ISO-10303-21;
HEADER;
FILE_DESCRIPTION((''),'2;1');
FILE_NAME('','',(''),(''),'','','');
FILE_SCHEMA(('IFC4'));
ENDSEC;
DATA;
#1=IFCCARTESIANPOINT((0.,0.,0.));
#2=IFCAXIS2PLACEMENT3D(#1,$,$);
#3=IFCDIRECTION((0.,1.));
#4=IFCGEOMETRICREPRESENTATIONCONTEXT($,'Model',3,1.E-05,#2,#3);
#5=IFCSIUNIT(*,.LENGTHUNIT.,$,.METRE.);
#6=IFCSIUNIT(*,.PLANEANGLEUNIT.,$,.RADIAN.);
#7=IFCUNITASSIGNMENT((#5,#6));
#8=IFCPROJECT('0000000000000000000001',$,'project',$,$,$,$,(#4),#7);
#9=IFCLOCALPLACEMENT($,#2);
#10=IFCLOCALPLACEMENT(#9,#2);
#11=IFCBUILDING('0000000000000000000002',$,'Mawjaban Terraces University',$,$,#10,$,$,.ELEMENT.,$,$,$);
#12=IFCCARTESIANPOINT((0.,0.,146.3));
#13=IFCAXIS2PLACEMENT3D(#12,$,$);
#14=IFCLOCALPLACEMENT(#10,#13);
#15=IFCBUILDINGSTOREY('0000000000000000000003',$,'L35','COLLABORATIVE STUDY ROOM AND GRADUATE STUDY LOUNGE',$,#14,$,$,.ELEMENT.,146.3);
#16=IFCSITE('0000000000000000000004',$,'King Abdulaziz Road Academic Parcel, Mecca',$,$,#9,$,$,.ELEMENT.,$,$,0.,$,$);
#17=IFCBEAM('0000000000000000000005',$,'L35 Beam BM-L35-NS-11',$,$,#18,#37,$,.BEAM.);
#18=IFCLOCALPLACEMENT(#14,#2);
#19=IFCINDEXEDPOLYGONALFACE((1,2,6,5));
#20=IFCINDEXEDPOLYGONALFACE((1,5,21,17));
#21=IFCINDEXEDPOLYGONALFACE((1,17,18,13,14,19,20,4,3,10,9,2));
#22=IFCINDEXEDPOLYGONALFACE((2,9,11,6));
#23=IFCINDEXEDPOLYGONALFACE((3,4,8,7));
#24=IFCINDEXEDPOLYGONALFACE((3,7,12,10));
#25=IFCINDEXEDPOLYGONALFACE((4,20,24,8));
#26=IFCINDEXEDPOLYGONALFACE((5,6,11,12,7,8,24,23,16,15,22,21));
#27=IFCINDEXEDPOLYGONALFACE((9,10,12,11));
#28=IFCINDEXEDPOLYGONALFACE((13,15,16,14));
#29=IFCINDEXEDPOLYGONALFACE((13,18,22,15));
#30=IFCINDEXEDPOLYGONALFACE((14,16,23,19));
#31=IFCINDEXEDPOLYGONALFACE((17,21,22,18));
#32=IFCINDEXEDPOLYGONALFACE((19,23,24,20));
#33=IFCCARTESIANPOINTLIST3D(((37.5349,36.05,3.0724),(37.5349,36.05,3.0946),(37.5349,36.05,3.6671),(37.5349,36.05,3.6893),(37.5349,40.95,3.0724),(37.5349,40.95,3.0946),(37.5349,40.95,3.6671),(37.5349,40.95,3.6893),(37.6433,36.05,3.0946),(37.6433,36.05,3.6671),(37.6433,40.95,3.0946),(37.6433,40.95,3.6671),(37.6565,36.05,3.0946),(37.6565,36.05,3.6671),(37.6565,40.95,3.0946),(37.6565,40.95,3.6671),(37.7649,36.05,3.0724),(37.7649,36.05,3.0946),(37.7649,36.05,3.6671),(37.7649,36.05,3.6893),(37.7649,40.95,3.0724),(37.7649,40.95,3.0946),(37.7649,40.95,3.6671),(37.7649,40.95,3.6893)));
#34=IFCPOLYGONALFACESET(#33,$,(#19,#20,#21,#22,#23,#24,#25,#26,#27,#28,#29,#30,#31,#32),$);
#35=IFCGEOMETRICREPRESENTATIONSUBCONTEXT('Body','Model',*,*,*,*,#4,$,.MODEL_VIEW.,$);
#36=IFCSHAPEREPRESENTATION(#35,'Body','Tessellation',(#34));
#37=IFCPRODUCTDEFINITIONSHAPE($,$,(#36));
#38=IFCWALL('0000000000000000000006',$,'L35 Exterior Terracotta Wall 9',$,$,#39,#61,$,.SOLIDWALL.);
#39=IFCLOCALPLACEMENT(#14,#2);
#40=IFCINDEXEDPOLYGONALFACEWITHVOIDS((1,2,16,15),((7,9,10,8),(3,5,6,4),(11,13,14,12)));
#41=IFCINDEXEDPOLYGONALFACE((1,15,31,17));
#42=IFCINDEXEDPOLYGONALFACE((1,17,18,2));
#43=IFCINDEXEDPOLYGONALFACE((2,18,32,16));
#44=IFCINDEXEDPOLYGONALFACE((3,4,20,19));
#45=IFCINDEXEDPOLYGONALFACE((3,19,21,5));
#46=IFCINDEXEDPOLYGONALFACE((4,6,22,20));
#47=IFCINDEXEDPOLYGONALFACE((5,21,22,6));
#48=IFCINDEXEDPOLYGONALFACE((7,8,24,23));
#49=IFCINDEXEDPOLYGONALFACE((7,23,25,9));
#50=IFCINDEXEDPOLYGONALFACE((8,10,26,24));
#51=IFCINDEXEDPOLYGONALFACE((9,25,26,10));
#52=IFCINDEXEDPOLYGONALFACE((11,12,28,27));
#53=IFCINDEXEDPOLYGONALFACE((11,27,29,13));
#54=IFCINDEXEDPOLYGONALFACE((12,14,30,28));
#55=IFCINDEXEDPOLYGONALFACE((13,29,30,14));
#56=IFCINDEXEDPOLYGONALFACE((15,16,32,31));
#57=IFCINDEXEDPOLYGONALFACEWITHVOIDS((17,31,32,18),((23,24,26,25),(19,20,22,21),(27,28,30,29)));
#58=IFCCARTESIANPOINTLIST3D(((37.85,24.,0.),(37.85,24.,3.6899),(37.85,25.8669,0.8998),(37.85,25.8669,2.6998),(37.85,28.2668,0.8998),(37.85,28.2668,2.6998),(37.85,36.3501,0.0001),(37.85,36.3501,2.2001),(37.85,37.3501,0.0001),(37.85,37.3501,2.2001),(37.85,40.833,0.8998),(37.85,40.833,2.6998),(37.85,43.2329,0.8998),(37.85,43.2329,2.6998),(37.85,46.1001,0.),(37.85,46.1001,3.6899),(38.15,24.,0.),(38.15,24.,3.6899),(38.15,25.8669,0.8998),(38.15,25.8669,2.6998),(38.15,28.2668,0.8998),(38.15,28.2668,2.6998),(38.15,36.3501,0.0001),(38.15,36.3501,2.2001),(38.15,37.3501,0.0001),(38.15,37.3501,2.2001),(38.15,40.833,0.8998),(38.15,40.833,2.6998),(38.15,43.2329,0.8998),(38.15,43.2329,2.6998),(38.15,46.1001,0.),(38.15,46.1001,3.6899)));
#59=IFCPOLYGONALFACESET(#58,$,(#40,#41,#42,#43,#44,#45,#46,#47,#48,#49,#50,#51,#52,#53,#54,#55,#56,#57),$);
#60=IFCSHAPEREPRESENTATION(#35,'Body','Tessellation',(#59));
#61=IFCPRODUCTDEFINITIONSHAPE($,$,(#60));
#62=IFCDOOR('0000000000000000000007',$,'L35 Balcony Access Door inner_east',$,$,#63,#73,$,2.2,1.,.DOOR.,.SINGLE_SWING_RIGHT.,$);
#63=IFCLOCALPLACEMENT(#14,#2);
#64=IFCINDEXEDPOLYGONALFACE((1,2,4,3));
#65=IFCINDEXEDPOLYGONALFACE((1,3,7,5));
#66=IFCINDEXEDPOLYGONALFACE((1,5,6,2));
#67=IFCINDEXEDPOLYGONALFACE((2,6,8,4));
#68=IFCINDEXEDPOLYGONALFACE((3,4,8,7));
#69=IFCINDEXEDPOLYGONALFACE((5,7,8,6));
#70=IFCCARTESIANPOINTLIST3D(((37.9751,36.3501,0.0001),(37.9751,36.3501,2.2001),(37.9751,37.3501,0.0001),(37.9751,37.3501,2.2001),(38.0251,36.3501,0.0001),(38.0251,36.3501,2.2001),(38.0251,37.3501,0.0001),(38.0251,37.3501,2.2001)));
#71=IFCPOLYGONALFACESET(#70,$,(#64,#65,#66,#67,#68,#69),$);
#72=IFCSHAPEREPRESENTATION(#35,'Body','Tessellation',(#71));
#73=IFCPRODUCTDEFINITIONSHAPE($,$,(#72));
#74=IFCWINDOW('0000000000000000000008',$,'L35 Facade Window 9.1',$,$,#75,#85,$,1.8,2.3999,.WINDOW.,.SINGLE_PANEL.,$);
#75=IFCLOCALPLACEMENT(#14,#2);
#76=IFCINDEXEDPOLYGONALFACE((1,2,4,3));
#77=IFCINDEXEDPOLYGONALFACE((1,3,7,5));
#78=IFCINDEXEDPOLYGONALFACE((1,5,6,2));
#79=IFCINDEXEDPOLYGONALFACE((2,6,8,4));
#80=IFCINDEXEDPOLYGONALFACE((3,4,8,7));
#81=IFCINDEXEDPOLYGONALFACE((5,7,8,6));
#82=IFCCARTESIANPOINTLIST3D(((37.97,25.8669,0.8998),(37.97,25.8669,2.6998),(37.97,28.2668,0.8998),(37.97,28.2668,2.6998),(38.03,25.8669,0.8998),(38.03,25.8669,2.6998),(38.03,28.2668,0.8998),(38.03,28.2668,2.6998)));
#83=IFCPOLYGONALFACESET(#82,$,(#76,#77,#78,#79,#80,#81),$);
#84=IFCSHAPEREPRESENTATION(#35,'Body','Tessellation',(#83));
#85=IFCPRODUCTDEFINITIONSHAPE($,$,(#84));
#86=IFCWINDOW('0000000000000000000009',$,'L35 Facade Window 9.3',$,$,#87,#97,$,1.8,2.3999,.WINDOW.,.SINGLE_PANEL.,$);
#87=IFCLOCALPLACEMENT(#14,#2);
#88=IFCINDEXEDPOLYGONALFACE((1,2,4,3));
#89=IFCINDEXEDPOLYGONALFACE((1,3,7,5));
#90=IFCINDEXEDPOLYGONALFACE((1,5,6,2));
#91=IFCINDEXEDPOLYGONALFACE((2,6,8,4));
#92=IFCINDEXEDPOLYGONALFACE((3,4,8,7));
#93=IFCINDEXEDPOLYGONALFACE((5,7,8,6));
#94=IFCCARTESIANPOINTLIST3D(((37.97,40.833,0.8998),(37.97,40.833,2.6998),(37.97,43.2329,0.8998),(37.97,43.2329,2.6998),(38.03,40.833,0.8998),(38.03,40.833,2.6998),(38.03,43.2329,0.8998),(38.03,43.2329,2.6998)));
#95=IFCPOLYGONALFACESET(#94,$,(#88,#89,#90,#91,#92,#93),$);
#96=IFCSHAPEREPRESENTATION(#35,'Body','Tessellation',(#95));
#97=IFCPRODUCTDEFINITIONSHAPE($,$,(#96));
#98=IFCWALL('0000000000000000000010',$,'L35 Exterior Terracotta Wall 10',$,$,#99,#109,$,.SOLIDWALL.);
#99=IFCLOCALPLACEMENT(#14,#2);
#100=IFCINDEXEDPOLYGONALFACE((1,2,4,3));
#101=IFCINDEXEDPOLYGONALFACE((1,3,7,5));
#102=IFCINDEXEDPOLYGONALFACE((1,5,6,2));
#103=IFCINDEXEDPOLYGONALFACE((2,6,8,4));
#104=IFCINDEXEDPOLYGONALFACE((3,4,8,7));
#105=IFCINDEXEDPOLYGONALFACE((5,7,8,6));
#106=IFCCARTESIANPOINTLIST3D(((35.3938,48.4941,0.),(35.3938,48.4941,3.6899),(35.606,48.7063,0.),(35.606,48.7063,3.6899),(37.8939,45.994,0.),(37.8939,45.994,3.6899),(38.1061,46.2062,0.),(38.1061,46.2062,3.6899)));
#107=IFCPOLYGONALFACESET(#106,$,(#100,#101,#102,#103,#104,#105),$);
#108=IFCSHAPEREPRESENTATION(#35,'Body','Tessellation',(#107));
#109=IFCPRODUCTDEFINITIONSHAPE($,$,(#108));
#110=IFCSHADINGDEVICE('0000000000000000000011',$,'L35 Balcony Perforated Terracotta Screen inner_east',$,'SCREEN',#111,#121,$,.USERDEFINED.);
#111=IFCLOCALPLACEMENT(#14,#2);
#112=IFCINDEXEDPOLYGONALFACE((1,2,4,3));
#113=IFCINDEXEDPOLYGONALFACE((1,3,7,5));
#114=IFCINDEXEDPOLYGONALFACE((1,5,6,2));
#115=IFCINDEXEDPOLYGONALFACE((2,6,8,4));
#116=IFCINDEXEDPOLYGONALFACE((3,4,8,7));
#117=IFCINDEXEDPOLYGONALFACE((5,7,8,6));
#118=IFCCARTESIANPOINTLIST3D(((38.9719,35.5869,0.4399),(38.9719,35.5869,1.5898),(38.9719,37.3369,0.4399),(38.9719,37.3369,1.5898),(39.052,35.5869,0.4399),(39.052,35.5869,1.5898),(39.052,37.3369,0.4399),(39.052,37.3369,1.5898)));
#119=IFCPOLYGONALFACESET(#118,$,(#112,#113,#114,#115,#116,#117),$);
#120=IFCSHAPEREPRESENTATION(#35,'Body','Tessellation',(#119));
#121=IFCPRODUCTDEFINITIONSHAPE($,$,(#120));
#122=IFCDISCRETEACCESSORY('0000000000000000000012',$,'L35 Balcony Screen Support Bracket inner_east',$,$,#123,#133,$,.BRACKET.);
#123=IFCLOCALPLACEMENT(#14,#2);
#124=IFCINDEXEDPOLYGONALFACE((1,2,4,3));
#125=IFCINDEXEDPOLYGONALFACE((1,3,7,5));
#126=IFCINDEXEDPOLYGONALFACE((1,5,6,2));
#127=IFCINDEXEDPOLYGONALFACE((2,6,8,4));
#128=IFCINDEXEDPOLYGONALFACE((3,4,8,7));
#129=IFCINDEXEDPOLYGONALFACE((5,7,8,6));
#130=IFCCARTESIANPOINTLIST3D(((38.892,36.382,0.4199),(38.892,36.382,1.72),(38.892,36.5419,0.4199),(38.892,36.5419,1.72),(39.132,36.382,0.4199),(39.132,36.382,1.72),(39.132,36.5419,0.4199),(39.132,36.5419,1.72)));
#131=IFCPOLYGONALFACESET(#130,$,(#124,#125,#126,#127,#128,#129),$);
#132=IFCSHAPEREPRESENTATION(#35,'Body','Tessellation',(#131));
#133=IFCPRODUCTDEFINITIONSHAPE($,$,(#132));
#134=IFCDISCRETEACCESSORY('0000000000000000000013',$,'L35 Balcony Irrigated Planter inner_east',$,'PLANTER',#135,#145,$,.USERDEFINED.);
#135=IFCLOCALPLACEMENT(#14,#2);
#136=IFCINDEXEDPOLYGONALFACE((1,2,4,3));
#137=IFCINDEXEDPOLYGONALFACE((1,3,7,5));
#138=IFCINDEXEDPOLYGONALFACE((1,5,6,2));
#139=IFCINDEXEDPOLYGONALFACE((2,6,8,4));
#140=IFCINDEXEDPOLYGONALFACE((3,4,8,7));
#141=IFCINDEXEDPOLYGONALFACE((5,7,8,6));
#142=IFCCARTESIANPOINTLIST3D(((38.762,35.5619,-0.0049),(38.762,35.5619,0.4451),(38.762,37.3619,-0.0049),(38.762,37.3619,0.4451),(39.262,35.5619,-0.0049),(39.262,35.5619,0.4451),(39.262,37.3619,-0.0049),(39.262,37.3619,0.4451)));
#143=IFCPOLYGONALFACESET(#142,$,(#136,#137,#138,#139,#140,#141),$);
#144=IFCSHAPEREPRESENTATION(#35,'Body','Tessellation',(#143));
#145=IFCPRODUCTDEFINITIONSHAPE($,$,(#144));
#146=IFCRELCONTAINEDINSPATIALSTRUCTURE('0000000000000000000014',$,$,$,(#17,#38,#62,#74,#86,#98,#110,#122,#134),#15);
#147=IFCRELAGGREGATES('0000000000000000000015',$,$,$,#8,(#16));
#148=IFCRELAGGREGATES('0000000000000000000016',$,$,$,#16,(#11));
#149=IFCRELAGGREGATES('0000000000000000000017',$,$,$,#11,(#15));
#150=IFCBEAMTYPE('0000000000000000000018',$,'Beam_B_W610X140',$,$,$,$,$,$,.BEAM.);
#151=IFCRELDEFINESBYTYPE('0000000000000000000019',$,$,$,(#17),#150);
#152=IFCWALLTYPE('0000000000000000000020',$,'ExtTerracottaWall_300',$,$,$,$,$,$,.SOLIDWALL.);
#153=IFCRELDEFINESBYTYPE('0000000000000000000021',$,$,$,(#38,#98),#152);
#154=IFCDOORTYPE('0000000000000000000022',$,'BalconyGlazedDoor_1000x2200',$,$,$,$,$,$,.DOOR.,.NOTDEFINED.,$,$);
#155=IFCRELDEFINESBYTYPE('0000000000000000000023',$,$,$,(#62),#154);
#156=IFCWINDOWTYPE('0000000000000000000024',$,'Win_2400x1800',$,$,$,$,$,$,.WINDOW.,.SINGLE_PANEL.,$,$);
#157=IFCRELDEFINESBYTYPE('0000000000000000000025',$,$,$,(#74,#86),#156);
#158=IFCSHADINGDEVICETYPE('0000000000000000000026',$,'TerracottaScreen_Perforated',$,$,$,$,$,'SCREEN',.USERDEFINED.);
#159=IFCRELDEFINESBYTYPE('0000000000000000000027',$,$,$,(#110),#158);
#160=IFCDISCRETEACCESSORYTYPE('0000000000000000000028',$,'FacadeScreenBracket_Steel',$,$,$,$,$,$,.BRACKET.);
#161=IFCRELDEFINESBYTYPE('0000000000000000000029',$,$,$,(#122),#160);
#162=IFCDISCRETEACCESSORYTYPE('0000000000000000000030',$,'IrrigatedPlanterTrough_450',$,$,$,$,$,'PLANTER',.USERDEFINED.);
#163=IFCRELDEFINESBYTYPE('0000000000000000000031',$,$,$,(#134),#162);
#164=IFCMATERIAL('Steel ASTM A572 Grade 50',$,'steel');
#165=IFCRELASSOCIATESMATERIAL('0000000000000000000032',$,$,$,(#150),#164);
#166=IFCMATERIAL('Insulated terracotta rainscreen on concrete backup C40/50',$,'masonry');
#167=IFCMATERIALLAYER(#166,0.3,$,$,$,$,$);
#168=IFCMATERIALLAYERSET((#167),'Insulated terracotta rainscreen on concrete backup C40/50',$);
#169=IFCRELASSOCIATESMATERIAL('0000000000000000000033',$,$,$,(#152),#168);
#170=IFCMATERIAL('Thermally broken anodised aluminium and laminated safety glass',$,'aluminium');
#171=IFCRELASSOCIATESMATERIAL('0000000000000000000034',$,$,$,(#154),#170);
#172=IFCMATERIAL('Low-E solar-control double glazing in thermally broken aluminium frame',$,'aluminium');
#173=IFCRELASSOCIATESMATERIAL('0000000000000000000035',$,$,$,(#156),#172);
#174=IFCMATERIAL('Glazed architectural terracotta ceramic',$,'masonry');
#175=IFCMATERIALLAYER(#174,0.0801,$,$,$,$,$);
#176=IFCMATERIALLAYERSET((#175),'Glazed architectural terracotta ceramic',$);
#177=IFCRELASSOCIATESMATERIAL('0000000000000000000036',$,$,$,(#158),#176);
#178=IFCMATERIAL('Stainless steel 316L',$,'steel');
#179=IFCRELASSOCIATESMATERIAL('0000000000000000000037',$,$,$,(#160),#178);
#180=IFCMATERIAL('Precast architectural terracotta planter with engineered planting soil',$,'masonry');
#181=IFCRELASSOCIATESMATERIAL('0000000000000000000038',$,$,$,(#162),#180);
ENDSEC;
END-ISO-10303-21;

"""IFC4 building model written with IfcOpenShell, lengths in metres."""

from ifc_helpers import new_model, si_unit, direction, frame, frame_2d, origin, origin_2d, place, context, subcontext, project, spatial, rectangle, i_section, extrude, material, layer, layer_set, material_profile, profile_set, type_object, element, fill, save


model = new_model("IFC4")

# Units and contexts
model_context = context("Model", 3, precision=1e-05, world=origin(), true_north=direction((0.0, 1.0)))
body_context = subcontext(model_context, "Body", "Model", "MODEL_VIEW")
ifc_project = project(units=[si_unit("LENGTHUNIT", "METRE"), si_unit("PLANEANGLEUNIT", "RADIAN")], contexts=[model_context])

# Site, building, storey
site_placement = place(None, origin())
site = spatial("IfcSite", under=ifc_project, at=site_placement, Name="King Abdulaziz Road Academic Parcel, Mecca", CompositionType="ELEMENT", RefElevation=0.0)
building_placement = place(site_placement, origin())
building = spatial("IfcBuilding", under=site, at=building_placement, Name="Mawjaban Terraces University", CompositionType="ELEMENT")
storey_placement = place(building_placement, frame((0.0, 0.0, 146.3)))
storey = spatial("IfcBuildingStorey", under=building, at=storey_placement, Name="L35", Description="COLLABORATIVE STUDY ROOM AND GRADUATE STUDY LOUNGE", CompositionType="ELEMENT", Elevation=146.3)

# Beam
ifc_material_1 = material(Name="Steel ASTM A572 Grade 50", Category="steel")
ifc_material_profile_1 = material_profile(ifc_material_1, i_section(OverallWidth=0.23, OverallDepth=0.6169, WebThickness=0.0132, FlangeThickness=0.0222, at=origin_2d()), Name="W610X140")
ifc_profile_set_1 = profile_set([ifc_material_profile_1], Name="Steel ASTM A572 Grade 50")
beam_type_1 = type_object("IfcBeamType", Name="Beam_B_W610X140", PredefinedType="BEAM", material=ifc_profile_set_1)
beam_1_placement = place(storey_placement, frame((37.6499, 36.05, 3.3809), z_axis=(0.0, 1.0, 0.0), x_axis=(-1.0, 0.0, 0.0)))
element("IfcBeam", 1, at=beam_1_placement, inside=storey, type_object=beam_type_1, Name="L35 Beam BM-L35-NS-11", PredefinedType="BEAM", context=body_context, shape_type="SweptSolid", body=[
    extrude(i_section(OverallWidth=0.23, OverallDepth=0.6169, WebThickness=0.0132, FlangeThickness=0.0222, at=origin_2d()), origin(), (0.0, 0.0, 1.0), 4.8999),
])

# Wall, openings, door, windows
ifc_material_2 = material(Name="Insulated terracotta rainscreen on concrete backup C40/50", Category="masonry")
ifc_layer_1 = layer(ifc_material_2, 0.3)
ifc_layer_set_1 = layer_set([ifc_layer_1], Name="Insulated terracotta rainscreen on concrete backup C40/50")
wall_type = type_object("IfcWallType", Name="ExtTerracottaWall_300", PredefinedType="SOLIDWALL", material=ifc_layer_set_1)
wall_1_placement = place(storey_placement, frame((38.0, 24.0, 0.0), z_axis=(0.0, 0.0, 1.0), x_axis=(0.0, 1.0, 0.0)))
wall_1 = element("IfcWall", 2, at=wall_1_placement, inside=storey, type_object=wall_type, Name="L35 Exterior Terracotta Wall 9", PredefinedType="SOLIDWALL", context=body_context, shape_type="SweptSolid", body=[
    extrude(rectangle(XDim=22.1001, YDim=0.3, at=frame_2d((11.05, 0.0))), origin(), (0.0, 0.0, 1.0), 3.6899),
])
opening_1_placement = place(wall_1_placement, frame((12.3501, 0.0, 0.0)))
opening_1 = element("IfcOpeningElement", 3, at=opening_1_placement, cuts=wall_1, PredefinedType="OPENING", context=body_context, shape_type="SweptSolid", body=[
    extrude(rectangle(XDim=1.0, YDim=2.2, at=frame_2d((0.5, 1.1001))), frame((0.0, 0.1599, 0.0), z_axis=(0.0, -1.0, 0.0), x_axis=(1.0, 0.0, 0.0)), (0.0, 0.0, 1.0), 0.3201),
])
opening_2_placement = place(wall_1_placement, frame((1.8669, 0.0, 0.8999)))
opening_2 = element("IfcOpeningElement", 4, at=opening_2_placement, cuts=wall_1, PredefinedType="OPENING", context=body_context, shape_type="SweptSolid", body=[
    extrude(rectangle(XDim=2.3999, YDim=1.8, at=frame_2d((1.2, 0.8999))), frame((0.0, 0.1599, 0.0), z_axis=(0.0, -1.0, 0.0), x_axis=(1.0, 0.0, 0.0)), (0.0, 0.0, 1.0), 0.3201),
])
opening_3_placement = place(wall_1_placement, frame((16.833, 0.0, 0.8999)))
opening_3 = element("IfcOpeningElement", 5, at=opening_3_placement, cuts=wall_1, PredefinedType="OPENING", context=body_context, shape_type="SweptSolid", body=[
    extrude(rectangle(XDim=2.3999, YDim=1.8, at=frame_2d((1.2, 0.8999))), frame((0.0, 0.1599, 0.0), z_axis=(0.0, -1.0, 0.0), x_axis=(1.0, 0.0, 0.0)), (0.0, 0.0, 1.0), 0.3201),
])
ifc_material_3 = material(Name="Thermally broken anodised aluminium and laminated safety glass", Category="aluminium")
door_type = type_object("IfcDoorType", Name="BalconyGlazedDoor_1000x2200", OperationType="NOTDEFINED", PredefinedType="DOOR", material=ifc_material_3)
door_placement = place(opening_1_placement, origin())
door = element("IfcDoor", 6, at=door_placement, inside=storey, type_object=door_type, Name="L35 Balcony Access Door inner_east", OperationType="SINGLE_SWING_RIGHT", OverallHeight=2.2, OverallWidth=1.0, PredefinedType="DOOR", context=body_context, shape_type="SweptSolid", body=[
    extrude(rectangle(XDim=1.0, YDim=2.2, at=frame_2d((0.5, 1.1001))), frame((0.0, 0.0249, 0.0), z_axis=(0.0, -1.0, 0.0), x_axis=(1.0, 0.0, 0.0)), (0.0, 0.0, 1.0), 0.05),
])
fill(opening_1, door)
ifc_material_4 = material(Name="Low-E solar-control double glazing in thermally broken aluminium frame", Category="aluminium")
window_type = type_object("IfcWindowType", Name="Win_2400x1800", PartitioningType="SINGLE_PANEL", PredefinedType="WINDOW", material=ifc_material_4)
window_1_placement = place(opening_2_placement, origin())
window_1 = element("IfcWindow", 7, at=window_1_placement, inside=storey, type_object=window_type, Name="L35 Facade Window 9.1", OverallHeight=1.8, OverallWidth=2.3999, PartitioningType="SINGLE_PANEL", PredefinedType="WINDOW", context=body_context, shape_type="SweptSolid", body=[
    extrude(rectangle(XDim=2.3999, YDim=1.8, at=frame_2d((1.2, 0.8999))), frame((0.0, 0.03, 0.0), z_axis=(0.0, -1.0, 0.0), x_axis=(1.0, 0.0, 0.0)), (0.0, 0.0, 1.0), 0.0601),
])
fill(opening_2, window_1)
window_2_placement = place(opening_3_placement, origin())
window_2 = element("IfcWindow", 8, at=window_2_placement, inside=storey, type_object=window_type, Name="L35 Facade Window 9.3", OverallHeight=1.8, OverallWidth=2.3999, PartitioningType="SINGLE_PANEL", PredefinedType="WINDOW", context=body_context, shape_type="SweptSolid", body=[
    extrude(rectangle(XDim=2.3999, YDim=1.8, at=frame_2d((1.2, 0.8999))), frame((0.0, 0.03, 0.0), z_axis=(0.0, -1.0, 0.0), x_axis=(1.0, 0.0, 0.0)), (0.0, 0.0, 1.0), 0.0601),
])
fill(opening_3, window_2)

# Wall
wall_2_placement = place(storey_placement, frame((38.0, 46.1001, 0.0), z_axis=(0.0, 0.0, 1.0), x_axis=(-0.707107, 0.707107, 0.0)))
element("IfcWall", 9, at=wall_2_placement, inside=storey, type_object=wall_type, Name="L35 Exterior Terracotta Wall 10", PredefinedType="SOLIDWALL", context=body_context, shape_type="SweptSolid", body=[
    extrude(rectangle(XDim=3.5356, YDim=0.3, at=frame_2d((1.7678, 0.0))), origin(), (0.0, 0.0, 1.0), 3.6899),
])

# Shading device
ifc_material_5 = material(Name="Glazed architectural terracotta ceramic", Category="masonry")
ifc_layer_2 = layer(ifc_material_5, 0.0801)
ifc_layer_set_2 = layer_set([ifc_layer_2], Name="Glazed architectural terracotta ceramic")
shading_device_type = type_object("IfcShadingDeviceType", Name="TerracottaScreen_Perforated", ElementType="SCREEN", PredefinedType="USERDEFINED", material=ifc_layer_set_2)
shading_device_placement = place(storey_placement, frame((39.012, 36.4619, 0.4399), z_axis=(0.0, 0.0, 1.0), x_axis=(0.0, 1.0, 0.0)))
element("IfcShadingDevice", 10, at=shading_device_placement, inside=storey, type_object=shading_device_type, Name="L35 Balcony Perforated Terracotta Screen inner_east", ObjectType="SCREEN", PredefinedType="USERDEFINED", context=body_context, shape_type="SweptSolid", body=[
    extrude(rectangle(XDim=1.75, YDim=0.0801, at=origin_2d()), origin(), (0.0, 0.0, 1.0), 1.1499),
])

# Discrete accessories
ifc_material_6 = material(Name="Stainless steel 316L", Category="steel")
discrete_accessory_type_1 = type_object("IfcDiscreteAccessoryType", Name="FacadeScreenBracket_Steel", PredefinedType="BRACKET", material=ifc_material_6)
discrete_accessory_1_placement = place(storey_placement, frame((39.012, 36.4619, 0.4199), z_axis=(0.0, 0.0, 1.0), x_axis=(0.0, 1.0, 0.0)))
element("IfcDiscreteAccessory", 11, at=discrete_accessory_1_placement, inside=storey, type_object=discrete_accessory_type_1, Name="L35 Balcony Screen Support Bracket inner_east", PredefinedType="BRACKET", context=body_context, shape_type="SweptSolid", body=[
    extrude(rectangle(XDim=0.1599, YDim=0.24, at=origin_2d()), origin(), (0.0, 0.0, 1.0), 1.3),
])
ifc_material_7 = material(Name="Precast architectural terracotta planter with engineered planting soil", Category="masonry")
discrete_accessory_type_2 = type_object("IfcDiscreteAccessoryType", Name="IrrigatedPlanterTrough_450", ElementType="PLANTER", PredefinedType="USERDEFINED", material=ifc_material_7)
discrete_accessory_2_placement = place(storey_placement, frame((39.012, 36.4619, -0.0049), z_axis=(0.0, 0.0, 1.0), x_axis=(0.0, 1.0, 0.0)))
element("IfcDiscreteAccessory", 12, at=discrete_accessory_2_placement, inside=storey, type_object=discrete_accessory_type_2, Name="L35 Balcony Irrigated Planter inner_east", ObjectType="PLANTER", PredefinedType="USERDEFINED", context=body_context, shape_type="SweptSolid", body=[
    extrude(rectangle(XDim=1.8, YDim=0.5, at=origin_2d()), origin(), (0.0, 0.0, 1.0), 0.45),
])

save(model, "model.ifc")
